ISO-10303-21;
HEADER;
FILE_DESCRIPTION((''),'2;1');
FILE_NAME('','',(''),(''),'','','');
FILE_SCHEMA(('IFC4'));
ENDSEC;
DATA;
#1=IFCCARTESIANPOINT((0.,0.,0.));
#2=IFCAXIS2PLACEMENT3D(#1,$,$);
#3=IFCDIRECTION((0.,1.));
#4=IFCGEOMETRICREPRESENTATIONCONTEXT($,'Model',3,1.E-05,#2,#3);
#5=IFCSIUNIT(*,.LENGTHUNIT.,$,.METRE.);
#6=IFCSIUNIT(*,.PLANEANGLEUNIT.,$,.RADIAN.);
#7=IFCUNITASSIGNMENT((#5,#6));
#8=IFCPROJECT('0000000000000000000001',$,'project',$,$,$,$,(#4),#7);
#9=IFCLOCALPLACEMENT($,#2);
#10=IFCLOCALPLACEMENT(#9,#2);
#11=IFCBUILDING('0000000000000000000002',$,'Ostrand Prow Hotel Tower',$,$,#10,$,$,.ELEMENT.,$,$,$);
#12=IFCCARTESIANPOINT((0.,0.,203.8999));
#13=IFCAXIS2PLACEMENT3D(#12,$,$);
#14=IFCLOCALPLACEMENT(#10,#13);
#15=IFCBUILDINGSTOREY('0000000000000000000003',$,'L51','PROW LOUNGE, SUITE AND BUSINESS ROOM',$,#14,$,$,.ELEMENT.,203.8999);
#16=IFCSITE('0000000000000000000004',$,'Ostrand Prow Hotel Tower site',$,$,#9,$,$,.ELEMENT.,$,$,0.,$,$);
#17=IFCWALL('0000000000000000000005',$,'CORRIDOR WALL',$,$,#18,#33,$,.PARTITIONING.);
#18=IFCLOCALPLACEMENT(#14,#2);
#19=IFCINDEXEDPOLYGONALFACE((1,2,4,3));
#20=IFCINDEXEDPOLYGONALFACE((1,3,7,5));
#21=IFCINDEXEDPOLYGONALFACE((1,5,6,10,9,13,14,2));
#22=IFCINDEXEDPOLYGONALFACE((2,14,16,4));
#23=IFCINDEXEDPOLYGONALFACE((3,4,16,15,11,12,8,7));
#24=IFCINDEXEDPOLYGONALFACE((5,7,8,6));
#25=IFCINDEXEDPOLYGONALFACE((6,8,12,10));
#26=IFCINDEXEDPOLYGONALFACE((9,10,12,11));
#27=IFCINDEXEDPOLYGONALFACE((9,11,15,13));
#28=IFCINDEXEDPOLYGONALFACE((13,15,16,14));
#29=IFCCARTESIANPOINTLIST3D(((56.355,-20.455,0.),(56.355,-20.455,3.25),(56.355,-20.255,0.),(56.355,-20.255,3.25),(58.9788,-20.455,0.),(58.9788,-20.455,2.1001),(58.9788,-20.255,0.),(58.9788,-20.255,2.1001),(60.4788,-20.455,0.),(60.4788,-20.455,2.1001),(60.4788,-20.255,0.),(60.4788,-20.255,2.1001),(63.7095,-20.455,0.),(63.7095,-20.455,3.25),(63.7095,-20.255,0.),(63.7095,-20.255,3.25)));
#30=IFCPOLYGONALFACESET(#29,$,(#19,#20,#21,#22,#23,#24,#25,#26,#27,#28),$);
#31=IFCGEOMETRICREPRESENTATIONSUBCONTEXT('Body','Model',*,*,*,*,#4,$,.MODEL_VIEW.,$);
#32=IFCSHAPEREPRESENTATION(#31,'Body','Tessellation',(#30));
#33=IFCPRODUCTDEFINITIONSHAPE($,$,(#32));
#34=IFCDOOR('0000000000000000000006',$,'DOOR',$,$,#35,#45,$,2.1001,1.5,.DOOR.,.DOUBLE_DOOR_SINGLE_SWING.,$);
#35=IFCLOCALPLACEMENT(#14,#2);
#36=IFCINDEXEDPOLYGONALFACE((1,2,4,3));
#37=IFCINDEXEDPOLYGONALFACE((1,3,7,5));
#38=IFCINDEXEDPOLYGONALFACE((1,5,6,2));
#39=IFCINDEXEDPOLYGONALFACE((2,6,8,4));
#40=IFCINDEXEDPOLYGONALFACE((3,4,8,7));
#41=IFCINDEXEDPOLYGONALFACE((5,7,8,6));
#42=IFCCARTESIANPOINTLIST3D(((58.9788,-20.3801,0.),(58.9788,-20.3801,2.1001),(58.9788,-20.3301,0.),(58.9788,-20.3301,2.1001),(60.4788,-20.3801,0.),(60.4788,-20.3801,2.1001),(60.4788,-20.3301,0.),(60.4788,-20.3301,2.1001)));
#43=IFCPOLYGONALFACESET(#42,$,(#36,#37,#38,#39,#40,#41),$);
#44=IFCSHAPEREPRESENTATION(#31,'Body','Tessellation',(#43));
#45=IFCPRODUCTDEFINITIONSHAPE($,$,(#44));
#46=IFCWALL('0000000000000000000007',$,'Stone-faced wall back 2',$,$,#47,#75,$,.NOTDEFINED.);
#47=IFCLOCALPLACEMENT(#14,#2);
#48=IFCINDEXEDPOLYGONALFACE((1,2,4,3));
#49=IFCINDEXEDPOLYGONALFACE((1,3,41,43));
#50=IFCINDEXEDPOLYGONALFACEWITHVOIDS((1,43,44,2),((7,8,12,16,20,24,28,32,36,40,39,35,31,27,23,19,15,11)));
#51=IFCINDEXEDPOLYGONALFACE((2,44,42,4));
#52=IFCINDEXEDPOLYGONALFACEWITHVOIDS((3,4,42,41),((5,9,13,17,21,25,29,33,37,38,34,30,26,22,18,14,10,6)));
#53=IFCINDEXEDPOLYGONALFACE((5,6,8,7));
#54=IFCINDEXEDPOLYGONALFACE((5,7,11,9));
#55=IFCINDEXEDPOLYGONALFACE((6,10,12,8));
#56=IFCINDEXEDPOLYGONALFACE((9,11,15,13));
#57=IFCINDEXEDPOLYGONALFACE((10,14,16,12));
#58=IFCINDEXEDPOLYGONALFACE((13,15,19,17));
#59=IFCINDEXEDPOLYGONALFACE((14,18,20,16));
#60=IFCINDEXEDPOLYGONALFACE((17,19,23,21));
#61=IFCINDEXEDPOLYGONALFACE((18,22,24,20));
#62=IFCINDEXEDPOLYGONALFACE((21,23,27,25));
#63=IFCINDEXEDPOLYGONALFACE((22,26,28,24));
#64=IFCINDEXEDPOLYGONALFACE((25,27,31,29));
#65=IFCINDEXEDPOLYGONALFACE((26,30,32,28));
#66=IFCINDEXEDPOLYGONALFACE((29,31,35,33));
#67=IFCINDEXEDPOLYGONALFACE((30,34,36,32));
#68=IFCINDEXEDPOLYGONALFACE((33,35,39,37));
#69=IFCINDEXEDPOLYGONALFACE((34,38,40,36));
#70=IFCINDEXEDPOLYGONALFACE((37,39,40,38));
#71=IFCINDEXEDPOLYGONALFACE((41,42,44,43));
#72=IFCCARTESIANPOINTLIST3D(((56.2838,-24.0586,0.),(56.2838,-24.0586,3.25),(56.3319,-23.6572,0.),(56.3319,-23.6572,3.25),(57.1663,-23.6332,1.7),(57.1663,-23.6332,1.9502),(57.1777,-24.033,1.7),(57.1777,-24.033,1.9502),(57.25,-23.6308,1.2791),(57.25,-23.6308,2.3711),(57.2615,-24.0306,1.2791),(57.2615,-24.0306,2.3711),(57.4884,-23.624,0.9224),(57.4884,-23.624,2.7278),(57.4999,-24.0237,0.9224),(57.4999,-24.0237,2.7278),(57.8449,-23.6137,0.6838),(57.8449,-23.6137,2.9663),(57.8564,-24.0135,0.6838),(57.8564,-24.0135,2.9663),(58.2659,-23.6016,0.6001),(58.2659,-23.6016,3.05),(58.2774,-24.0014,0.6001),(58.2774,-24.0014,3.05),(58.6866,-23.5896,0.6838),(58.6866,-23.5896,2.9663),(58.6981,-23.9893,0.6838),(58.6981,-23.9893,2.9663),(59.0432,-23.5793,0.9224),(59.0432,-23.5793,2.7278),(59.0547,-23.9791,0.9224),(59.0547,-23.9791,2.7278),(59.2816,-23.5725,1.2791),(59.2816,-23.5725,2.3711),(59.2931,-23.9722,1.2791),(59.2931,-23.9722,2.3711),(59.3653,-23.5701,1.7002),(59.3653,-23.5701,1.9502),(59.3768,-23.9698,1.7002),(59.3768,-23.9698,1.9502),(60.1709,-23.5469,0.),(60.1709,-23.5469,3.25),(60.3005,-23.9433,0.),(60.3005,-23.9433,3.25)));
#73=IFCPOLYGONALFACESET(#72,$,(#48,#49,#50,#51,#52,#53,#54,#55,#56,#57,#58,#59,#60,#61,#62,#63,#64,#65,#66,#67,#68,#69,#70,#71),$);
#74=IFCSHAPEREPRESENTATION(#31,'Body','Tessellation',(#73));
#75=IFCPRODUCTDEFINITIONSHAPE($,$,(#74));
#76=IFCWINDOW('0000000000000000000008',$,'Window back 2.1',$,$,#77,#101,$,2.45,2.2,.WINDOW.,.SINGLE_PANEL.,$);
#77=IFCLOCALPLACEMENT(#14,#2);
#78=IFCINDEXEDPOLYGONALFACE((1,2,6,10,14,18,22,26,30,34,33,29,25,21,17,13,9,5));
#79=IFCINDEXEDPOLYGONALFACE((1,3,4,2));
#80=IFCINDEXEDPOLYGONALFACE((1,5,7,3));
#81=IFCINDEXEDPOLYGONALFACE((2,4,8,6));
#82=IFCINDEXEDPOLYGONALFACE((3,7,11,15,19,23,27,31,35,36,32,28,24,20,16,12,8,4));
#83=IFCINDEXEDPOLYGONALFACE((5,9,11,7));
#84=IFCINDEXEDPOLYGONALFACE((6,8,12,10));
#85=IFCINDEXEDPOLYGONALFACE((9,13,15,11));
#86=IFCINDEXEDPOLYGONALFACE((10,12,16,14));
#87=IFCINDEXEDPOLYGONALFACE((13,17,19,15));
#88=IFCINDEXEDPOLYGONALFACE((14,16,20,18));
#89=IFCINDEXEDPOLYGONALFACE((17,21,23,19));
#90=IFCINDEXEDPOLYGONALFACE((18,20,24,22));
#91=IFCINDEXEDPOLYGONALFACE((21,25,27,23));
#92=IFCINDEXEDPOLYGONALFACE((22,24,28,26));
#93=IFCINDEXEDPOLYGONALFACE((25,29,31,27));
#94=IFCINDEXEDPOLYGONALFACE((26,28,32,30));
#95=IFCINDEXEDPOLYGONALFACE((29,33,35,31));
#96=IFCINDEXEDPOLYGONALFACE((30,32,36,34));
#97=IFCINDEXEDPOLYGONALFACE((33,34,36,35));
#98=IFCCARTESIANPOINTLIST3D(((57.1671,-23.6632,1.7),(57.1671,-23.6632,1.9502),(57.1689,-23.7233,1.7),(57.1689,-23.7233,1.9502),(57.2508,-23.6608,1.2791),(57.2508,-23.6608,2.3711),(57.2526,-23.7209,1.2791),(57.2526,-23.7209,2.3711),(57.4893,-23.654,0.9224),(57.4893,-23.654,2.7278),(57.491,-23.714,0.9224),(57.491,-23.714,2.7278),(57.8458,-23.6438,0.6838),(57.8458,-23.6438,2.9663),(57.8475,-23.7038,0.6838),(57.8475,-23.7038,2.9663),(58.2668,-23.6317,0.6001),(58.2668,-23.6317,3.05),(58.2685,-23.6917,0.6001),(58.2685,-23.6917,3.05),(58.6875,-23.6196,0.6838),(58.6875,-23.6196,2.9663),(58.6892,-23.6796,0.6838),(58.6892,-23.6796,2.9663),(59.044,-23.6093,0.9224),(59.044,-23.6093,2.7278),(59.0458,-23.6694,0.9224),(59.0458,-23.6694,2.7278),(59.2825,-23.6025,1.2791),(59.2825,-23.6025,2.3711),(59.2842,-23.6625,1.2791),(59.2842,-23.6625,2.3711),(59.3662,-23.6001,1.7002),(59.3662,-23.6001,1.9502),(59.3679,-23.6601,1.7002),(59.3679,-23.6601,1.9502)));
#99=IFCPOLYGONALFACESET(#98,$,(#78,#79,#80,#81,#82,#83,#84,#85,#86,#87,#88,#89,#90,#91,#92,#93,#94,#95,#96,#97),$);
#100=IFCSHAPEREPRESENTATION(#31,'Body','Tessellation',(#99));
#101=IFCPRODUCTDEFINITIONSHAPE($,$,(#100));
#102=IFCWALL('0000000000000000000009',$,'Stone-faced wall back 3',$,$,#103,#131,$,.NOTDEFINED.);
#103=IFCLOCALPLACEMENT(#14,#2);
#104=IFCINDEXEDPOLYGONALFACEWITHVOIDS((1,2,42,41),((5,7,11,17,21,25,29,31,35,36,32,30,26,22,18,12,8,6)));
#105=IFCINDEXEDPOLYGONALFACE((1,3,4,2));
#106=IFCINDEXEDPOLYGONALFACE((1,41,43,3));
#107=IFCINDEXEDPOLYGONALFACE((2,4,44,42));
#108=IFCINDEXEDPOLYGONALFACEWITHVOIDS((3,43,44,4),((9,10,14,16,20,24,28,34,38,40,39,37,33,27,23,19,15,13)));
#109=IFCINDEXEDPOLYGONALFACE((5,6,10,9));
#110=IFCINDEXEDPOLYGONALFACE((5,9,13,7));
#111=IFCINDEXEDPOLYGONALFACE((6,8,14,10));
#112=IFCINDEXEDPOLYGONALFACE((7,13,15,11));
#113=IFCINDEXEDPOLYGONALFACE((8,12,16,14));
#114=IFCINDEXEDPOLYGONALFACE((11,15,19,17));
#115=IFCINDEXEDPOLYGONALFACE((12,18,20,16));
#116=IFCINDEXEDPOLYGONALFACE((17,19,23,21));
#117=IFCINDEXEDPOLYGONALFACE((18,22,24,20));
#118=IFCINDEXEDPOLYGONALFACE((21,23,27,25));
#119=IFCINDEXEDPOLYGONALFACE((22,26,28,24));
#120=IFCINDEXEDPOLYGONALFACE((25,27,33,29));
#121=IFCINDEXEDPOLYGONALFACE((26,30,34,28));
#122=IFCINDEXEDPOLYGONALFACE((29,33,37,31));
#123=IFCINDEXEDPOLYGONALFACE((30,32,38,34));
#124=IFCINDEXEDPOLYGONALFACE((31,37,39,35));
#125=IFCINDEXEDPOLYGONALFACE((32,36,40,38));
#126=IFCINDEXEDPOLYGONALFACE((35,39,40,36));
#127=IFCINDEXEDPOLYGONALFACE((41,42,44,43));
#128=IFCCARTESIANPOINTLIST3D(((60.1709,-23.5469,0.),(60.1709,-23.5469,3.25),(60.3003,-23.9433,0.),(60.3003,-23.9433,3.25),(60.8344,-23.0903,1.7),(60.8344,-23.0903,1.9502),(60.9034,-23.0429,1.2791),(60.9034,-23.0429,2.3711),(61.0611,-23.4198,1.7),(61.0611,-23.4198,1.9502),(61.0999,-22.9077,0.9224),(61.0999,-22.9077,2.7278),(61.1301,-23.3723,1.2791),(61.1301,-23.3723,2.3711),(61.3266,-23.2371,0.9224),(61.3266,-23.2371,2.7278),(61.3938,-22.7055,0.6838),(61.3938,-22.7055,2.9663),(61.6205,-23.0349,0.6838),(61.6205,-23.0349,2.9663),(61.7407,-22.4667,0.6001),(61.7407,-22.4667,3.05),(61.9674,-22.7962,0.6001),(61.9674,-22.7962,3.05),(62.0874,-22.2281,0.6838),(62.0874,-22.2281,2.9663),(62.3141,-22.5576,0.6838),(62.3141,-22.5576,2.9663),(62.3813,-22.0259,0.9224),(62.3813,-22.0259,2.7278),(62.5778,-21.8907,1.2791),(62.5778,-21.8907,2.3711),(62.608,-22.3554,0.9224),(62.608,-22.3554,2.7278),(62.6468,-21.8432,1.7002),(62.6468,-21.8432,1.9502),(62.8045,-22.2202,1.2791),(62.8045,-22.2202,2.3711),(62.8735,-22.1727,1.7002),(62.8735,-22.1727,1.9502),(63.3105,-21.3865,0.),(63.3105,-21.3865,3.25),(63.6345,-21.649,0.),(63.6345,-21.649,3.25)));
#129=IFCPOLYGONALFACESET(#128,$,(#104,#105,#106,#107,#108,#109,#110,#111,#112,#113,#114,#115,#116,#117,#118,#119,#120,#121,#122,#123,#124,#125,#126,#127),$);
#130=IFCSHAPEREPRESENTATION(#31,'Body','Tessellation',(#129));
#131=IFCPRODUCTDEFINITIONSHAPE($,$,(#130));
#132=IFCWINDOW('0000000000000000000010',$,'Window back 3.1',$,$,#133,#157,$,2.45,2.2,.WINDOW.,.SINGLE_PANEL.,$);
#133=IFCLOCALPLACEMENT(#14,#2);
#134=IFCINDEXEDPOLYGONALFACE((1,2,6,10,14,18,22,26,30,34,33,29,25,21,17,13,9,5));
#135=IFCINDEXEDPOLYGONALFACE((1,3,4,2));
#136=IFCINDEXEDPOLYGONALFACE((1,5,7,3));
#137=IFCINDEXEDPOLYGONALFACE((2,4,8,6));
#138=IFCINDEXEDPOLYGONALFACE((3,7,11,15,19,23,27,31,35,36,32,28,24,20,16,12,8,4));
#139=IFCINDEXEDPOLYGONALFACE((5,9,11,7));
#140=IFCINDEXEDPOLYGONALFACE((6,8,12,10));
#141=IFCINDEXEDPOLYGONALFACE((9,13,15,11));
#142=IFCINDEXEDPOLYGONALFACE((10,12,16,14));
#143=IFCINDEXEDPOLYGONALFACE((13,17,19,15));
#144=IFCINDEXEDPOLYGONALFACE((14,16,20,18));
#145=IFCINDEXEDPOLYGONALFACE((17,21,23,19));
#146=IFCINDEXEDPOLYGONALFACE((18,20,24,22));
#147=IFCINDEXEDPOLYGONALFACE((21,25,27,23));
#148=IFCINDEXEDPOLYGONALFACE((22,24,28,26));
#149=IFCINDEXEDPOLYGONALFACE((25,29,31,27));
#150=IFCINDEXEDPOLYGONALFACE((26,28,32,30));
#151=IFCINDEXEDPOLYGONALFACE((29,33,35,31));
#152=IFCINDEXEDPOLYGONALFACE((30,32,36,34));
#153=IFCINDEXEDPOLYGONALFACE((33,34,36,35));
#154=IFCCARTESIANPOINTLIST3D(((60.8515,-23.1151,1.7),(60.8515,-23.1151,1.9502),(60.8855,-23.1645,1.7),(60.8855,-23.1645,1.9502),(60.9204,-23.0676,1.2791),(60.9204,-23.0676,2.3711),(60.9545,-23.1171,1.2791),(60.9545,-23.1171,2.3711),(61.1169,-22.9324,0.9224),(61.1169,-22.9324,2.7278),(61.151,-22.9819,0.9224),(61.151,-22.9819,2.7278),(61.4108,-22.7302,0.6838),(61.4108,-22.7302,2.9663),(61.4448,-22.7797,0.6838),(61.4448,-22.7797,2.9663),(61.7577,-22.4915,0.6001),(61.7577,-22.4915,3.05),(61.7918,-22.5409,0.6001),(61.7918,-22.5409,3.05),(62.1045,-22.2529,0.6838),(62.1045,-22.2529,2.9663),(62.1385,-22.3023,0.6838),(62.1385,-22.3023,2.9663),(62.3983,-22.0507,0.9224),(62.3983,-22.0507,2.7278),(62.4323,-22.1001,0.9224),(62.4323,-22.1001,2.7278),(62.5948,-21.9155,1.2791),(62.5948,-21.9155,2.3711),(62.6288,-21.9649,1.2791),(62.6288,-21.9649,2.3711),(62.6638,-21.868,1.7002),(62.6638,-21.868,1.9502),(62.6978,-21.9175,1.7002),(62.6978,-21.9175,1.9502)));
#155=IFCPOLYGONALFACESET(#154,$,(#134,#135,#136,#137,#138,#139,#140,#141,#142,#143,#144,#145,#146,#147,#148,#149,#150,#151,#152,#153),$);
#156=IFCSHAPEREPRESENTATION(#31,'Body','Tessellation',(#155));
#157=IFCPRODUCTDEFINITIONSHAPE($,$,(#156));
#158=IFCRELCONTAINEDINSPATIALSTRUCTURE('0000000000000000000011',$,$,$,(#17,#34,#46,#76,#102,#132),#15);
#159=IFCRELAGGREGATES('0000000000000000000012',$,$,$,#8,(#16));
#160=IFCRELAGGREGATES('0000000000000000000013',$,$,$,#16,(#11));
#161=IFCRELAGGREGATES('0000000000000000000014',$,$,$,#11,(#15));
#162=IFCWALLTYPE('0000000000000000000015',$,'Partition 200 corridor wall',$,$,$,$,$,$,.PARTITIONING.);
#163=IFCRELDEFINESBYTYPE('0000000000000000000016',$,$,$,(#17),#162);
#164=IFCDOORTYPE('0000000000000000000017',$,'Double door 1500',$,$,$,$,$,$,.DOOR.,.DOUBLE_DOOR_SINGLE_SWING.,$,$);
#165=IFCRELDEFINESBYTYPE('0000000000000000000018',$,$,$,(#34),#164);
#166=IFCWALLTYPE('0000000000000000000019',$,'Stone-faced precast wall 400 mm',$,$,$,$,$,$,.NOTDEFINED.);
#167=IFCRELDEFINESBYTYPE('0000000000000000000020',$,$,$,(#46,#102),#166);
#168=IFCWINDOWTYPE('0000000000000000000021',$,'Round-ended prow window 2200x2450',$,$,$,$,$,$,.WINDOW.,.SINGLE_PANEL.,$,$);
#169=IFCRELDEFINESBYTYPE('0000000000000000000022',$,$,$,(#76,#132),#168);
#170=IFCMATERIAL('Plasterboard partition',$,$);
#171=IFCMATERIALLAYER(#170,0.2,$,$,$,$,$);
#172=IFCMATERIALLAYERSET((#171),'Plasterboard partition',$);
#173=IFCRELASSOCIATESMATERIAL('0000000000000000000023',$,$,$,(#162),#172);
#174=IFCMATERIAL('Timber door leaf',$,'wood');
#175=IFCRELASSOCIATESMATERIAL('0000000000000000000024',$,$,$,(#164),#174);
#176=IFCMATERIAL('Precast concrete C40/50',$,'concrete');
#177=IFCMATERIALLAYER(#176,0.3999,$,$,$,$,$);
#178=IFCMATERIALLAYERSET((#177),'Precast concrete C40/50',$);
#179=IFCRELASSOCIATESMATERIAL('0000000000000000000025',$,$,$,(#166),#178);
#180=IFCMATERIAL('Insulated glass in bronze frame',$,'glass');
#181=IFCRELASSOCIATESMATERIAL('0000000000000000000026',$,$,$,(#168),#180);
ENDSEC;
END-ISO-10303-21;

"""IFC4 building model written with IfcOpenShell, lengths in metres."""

from ifc_helpers import new_model, si_unit, direction, frame, frame_2d, origin, place, context, subcontext, project, spatial, polyline, rectangle, outline, extrude, material, layer, layer_set, type_object, element, fill, save


model = new_model("IFC4")

# Units and contexts
model_context = context("Model", 3, precision=1e-05, world=origin(), true_north=direction((0.0, 1.0)))
body_context = subcontext(model_context, "Body", "Model", "MODEL_VIEW")
ifc_project = project(units=[si_unit("LENGTHUNIT", "METRE"), si_unit("PLANEANGLEUNIT", "RADIAN")], contexts=[model_context])

# Site, building, storey
site_placement = place(None, origin())
site = spatial("IfcSite", under=ifc_project, at=site_placement, Name="Ostrand Prow Hotel Tower site", CompositionType="ELEMENT", RefElevation=0.0)
building_placement = place(site_placement, origin())
building = spatial("IfcBuilding", under=site, at=building_placement, Name="Ostrand Prow Hotel Tower", CompositionType="ELEMENT")
storey_placement = place(building_placement, frame((0.0, 0.0, 203.8999)))
storey = spatial("IfcBuildingStorey", under=building, at=storey_placement, Name="L51", Description="PROW LOUNGE, SUITE AND BUSINESS ROOM", CompositionType="ELEMENT", Elevation=203.8999)

# Wall, opening, door
ifc_material_1 = material(Name="Plasterboard partition")
ifc_layer_1 = layer(ifc_material_1, 0.2)
ifc_layer_set_1 = layer_set([ifc_layer_1], Name="Plasterboard partition")
wall_type_1 = type_object("IfcWallType", Name="Partition 200 corridor wall", PredefinedType="PARTITIONING", material=ifc_layer_set_1)
wall_1_placement = place(storey_placement, frame((56.355, -20.355, 0.0), z_axis=(0.0, 0.0, 1.0), x_axis=(1.0, 0.0, 0.0)))
wall_1 = element("IfcWall", 1, at=wall_1_placement, inside=storey, type_object=wall_type_1, Name="CORRIDOR WALL", PredefinedType="PARTITIONING", context=body_context, shape_type="SweptSolid", body=[
    extrude(rectangle(XDim=7.3545, YDim=0.2, at=frame_2d((3.6772, 0.0))), origin(), (0.0, 0.0, 1.0), 3.25),
])
opening_1_placement = place(wall_1_placement, frame((2.6238, 0.0, 0.0)))
opening_1 = element("IfcOpeningElement", 2, at=opening_1_placement, cuts=wall_1, PredefinedType="OPENING", context=body_context, shape_type="SweptSolid", body=[
    extrude(rectangle(XDim=1.5, YDim=2.1001, at=frame_2d((0.75, 1.05))), frame((0.0, 0.1099, 0.0), z_axis=(0.0, -1.0, 0.0), x_axis=(1.0, 0.0, 0.0)), (0.0, 0.0, 1.0), 0.22),
])
ifc_material_2 = material(Name="Timber door leaf", Category="wood")
door_type_1 = type_object("IfcDoorType", Name="Double door 1500", OperationType="DOUBLE_DOOR_SINGLE_SWING", PredefinedType="DOOR", material=ifc_material_2)
door_1_placement = place(opening_1_placement, origin())
door_1 = element("IfcDoor", 3, at=door_1_placement, inside=storey, type_object=door_type_1, Name="DOOR", OperationType="DOUBLE_DOOR_SINGLE_SWING", OverallHeight=2.1001, OverallWidth=1.5, PredefinedType="DOOR", context=body_context, shape_type="SweptSolid", body=[
    extrude(rectangle(XDim=1.5, YDim=2.1001, at=frame_2d((0.75, 1.05))), frame((0.0, 0.0249, 0.0), z_axis=(0.0, -1.0, 0.0), x_axis=(1.0, 0.0, 0.0)), (0.0, 0.0, 1.0), 0.05),
])
fill(opening_1, door_1)

# Walls, openings, windows
ifc_material_3 = material(Name="Precast concrete C40/50", Category="concrete")
ifc_layer_2 = layer(ifc_material_3, 0.3999)
ifc_layer_set_2 = layer_set([ifc_layer_2], Name="Precast concrete C40/50")
wall_type_2 = type_object("IfcWallType", Name="Stone-faced precast wall 400 mm", PredefinedType="NOTDEFINED", material=ifc_layer_set_2)
wall_2_placement = place(storey_placement, frame((56.3079, -23.8579, 0.0), z_axis=(0.0, 0.0, 1.0), x_axis=(0.999588, 0.028705, 0.0)))
wall_2 = element("IfcWall", 4, at=wall_2_placement, inside=storey, type_object=wall_type_2, Name="Stone-faced wall back 2", PredefinedType="NOTDEFINED", context=body_context, shape_type="SweptSolid", body=[
    extrude(outline(polyline([(-0.0298, -0.2), (3.9885, -0.2), (3.8704, 0.2), (0.0298, 0.2), (-0.0298, -0.2)])), origin(), (0.0, 0.0, 1.0), 3.25),
])
opening_2_placement = place(wall_2_placement, frame((0.8645, 0.0, 0.6001)))
opening_2 = element("IfcOpeningElement", 5, at=opening_2_placement, cuts=wall_2, PredefinedType="OPENING", context=body_context, shape_type="SweptSolid", body=[
    extrude(outline(polyline([(0.0, 1.3501), (0.0837, 1.771), (0.3223, 2.1277), (0.679, 2.3662), (1.1001, 2.45), (1.521, 2.3662), (1.8777, 2.1277), (2.1162, 1.771), (2.2, 1.3501), (2.2, 1.1001), (2.1162, 0.679), (1.8777, 0.3223), (1.521, 0.0837), (1.1001, 0.0), (0.679, 0.0837), (0.3223, 0.3223), (0.0837, 0.679), (0.0, 1.0999), (0.0, 1.3501)])), frame((0.0, 0.21, 0.0), z_axis=(0.0, -1.0, 0.0), x_axis=(1.0, 0.0, 0.0)), (0.0, 0.0, 1.0), 0.4199),
])
ifc_material_4 = material(Name="Insulated glass in bronze frame", Category="glass")
window_type = type_object("IfcWindowType", Name="Round-ended prow window 2200x2450", PartitioningType="SINGLE_PANEL", PredefinedType="WINDOW", material=ifc_material_4)
window_1_placement = place(opening_2_placement, origin())
window_1 = element("IfcWindow", 6, at=window_1_placement, inside=storey, type_object=window_type, Name="Window back 2.1", OverallHeight=2.45, OverallWidth=2.2, PartitioningType="SINGLE_PANEL", PredefinedType="WINDOW", context=body_context, shape_type="SweptSolid", body=[
    extrude(outline(polyline([(0.0, 1.3501), (0.0837, 1.771), (0.3223, 2.1277), (0.679, 2.3662), (1.1001, 2.45), (1.521, 2.3662), (1.8777, 2.1277), (2.1162, 1.771), (2.2, 1.3501), (2.2, 1.1001), (2.1162, 0.679), (1.8777, 0.3223), (1.521, 0.0837), (1.1001, 0.0), (0.679, 0.0837), (0.3223, 0.3223), (0.0837, 0.679), (0.0, 1.0999), (0.0, 1.3501)])), frame((0.0, 0.1699, 0.0), z_axis=(0.0, -1.0, 0.0), x_axis=(1.0, 0.0, 0.0)), (0.0, 0.0, 1.0), 0.0601),
])
fill(opening_2, window_1)
wall_3_placement = place(storey_placement, frame((60.2356, -23.7451, 0.0), z_axis=(0.0, 0.0, 1.0), x_axis=(0.823806, 0.566872, 0.0)))
wall_3 = element("IfcWall", 7, at=wall_3_placement, inside=storey, type_object=wall_type_2, Name="Stone-faced wall back 3", PredefinedType="NOTDEFINED", context=body_context, shape_type="SweptSolid", body=[
    extrude(outline(polyline([(-0.0591, -0.2), (3.9883, -0.2), (3.8701, 0.2), (0.0591, 0.2), (-0.0591, -0.2)])), origin(), (0.0, 0.0, 1.0), 3.25),
])
opening_3_placement = place(wall_3_placement, frame((0.8645, 0.0, 0.6001)))
opening_3 = element("IfcOpeningElement", 8, at=opening_3_placement, cuts=wall_3, PredefinedType="OPENING", context=body_context, shape_type="SweptSolid", body=[
    extrude(outline(polyline([(0.0, 1.3501), (0.0837, 1.771), (0.3223, 2.1277), (0.679, 2.3662), (1.1001, 2.45), (1.521, 2.3662), (1.8777, 2.1277), (2.1162, 1.771), (2.2, 1.3501), (2.2, 1.1001), (2.1162, 0.679), (1.8777, 0.3223), (1.521, 0.0837), (1.1001, 0.0), (0.679, 0.0837), (0.3223, 0.3223), (0.0837, 0.679), (0.0, 1.0999), (0.0, 1.3501)])), frame((0.0, 0.21, 0.0), z_axis=(0.0, -1.0, 0.0), x_axis=(1.0, 0.0, 0.0)), (0.0, 0.0, 1.0), 0.4199),
])
window_2_placement = place(opening_3_placement, origin())
window_2 = element("IfcWindow", 9, at=window_2_placement, inside=storey, type_object=window_type, Name="Window back 3.1", OverallHeight=2.45, OverallWidth=2.2, PartitioningType="SINGLE_PANEL", PredefinedType="WINDOW", context=body_context, shape_type="SweptSolid", body=[
    extrude(outline(polyline([(0.0, 1.3501), (0.0837, 1.771), (0.3223, 2.1277), (0.679, 2.3662), (1.1001, 2.45), (1.521, 2.3662), (1.8777, 2.1277), (2.1162, 1.771), (2.2, 1.3501), (2.2, 1.1001), (2.1162, 0.679), (1.8777, 0.3223), (1.521, 0.0837), (1.1001, 0.0), (0.679, 0.0837), (0.3223, 0.3223), (0.0837, 0.679), (0.0, 1.0999), (0.0, 1.3501)])), frame((0.0, 0.1699, 0.0), z_axis=(0.0, -1.0, 0.0), x_axis=(1.0, 0.0, 0.0)), (0.0, 0.0, 1.0), 0.0601),
])
fill(opening_3, window_2)

save(model, "model.ifc")
